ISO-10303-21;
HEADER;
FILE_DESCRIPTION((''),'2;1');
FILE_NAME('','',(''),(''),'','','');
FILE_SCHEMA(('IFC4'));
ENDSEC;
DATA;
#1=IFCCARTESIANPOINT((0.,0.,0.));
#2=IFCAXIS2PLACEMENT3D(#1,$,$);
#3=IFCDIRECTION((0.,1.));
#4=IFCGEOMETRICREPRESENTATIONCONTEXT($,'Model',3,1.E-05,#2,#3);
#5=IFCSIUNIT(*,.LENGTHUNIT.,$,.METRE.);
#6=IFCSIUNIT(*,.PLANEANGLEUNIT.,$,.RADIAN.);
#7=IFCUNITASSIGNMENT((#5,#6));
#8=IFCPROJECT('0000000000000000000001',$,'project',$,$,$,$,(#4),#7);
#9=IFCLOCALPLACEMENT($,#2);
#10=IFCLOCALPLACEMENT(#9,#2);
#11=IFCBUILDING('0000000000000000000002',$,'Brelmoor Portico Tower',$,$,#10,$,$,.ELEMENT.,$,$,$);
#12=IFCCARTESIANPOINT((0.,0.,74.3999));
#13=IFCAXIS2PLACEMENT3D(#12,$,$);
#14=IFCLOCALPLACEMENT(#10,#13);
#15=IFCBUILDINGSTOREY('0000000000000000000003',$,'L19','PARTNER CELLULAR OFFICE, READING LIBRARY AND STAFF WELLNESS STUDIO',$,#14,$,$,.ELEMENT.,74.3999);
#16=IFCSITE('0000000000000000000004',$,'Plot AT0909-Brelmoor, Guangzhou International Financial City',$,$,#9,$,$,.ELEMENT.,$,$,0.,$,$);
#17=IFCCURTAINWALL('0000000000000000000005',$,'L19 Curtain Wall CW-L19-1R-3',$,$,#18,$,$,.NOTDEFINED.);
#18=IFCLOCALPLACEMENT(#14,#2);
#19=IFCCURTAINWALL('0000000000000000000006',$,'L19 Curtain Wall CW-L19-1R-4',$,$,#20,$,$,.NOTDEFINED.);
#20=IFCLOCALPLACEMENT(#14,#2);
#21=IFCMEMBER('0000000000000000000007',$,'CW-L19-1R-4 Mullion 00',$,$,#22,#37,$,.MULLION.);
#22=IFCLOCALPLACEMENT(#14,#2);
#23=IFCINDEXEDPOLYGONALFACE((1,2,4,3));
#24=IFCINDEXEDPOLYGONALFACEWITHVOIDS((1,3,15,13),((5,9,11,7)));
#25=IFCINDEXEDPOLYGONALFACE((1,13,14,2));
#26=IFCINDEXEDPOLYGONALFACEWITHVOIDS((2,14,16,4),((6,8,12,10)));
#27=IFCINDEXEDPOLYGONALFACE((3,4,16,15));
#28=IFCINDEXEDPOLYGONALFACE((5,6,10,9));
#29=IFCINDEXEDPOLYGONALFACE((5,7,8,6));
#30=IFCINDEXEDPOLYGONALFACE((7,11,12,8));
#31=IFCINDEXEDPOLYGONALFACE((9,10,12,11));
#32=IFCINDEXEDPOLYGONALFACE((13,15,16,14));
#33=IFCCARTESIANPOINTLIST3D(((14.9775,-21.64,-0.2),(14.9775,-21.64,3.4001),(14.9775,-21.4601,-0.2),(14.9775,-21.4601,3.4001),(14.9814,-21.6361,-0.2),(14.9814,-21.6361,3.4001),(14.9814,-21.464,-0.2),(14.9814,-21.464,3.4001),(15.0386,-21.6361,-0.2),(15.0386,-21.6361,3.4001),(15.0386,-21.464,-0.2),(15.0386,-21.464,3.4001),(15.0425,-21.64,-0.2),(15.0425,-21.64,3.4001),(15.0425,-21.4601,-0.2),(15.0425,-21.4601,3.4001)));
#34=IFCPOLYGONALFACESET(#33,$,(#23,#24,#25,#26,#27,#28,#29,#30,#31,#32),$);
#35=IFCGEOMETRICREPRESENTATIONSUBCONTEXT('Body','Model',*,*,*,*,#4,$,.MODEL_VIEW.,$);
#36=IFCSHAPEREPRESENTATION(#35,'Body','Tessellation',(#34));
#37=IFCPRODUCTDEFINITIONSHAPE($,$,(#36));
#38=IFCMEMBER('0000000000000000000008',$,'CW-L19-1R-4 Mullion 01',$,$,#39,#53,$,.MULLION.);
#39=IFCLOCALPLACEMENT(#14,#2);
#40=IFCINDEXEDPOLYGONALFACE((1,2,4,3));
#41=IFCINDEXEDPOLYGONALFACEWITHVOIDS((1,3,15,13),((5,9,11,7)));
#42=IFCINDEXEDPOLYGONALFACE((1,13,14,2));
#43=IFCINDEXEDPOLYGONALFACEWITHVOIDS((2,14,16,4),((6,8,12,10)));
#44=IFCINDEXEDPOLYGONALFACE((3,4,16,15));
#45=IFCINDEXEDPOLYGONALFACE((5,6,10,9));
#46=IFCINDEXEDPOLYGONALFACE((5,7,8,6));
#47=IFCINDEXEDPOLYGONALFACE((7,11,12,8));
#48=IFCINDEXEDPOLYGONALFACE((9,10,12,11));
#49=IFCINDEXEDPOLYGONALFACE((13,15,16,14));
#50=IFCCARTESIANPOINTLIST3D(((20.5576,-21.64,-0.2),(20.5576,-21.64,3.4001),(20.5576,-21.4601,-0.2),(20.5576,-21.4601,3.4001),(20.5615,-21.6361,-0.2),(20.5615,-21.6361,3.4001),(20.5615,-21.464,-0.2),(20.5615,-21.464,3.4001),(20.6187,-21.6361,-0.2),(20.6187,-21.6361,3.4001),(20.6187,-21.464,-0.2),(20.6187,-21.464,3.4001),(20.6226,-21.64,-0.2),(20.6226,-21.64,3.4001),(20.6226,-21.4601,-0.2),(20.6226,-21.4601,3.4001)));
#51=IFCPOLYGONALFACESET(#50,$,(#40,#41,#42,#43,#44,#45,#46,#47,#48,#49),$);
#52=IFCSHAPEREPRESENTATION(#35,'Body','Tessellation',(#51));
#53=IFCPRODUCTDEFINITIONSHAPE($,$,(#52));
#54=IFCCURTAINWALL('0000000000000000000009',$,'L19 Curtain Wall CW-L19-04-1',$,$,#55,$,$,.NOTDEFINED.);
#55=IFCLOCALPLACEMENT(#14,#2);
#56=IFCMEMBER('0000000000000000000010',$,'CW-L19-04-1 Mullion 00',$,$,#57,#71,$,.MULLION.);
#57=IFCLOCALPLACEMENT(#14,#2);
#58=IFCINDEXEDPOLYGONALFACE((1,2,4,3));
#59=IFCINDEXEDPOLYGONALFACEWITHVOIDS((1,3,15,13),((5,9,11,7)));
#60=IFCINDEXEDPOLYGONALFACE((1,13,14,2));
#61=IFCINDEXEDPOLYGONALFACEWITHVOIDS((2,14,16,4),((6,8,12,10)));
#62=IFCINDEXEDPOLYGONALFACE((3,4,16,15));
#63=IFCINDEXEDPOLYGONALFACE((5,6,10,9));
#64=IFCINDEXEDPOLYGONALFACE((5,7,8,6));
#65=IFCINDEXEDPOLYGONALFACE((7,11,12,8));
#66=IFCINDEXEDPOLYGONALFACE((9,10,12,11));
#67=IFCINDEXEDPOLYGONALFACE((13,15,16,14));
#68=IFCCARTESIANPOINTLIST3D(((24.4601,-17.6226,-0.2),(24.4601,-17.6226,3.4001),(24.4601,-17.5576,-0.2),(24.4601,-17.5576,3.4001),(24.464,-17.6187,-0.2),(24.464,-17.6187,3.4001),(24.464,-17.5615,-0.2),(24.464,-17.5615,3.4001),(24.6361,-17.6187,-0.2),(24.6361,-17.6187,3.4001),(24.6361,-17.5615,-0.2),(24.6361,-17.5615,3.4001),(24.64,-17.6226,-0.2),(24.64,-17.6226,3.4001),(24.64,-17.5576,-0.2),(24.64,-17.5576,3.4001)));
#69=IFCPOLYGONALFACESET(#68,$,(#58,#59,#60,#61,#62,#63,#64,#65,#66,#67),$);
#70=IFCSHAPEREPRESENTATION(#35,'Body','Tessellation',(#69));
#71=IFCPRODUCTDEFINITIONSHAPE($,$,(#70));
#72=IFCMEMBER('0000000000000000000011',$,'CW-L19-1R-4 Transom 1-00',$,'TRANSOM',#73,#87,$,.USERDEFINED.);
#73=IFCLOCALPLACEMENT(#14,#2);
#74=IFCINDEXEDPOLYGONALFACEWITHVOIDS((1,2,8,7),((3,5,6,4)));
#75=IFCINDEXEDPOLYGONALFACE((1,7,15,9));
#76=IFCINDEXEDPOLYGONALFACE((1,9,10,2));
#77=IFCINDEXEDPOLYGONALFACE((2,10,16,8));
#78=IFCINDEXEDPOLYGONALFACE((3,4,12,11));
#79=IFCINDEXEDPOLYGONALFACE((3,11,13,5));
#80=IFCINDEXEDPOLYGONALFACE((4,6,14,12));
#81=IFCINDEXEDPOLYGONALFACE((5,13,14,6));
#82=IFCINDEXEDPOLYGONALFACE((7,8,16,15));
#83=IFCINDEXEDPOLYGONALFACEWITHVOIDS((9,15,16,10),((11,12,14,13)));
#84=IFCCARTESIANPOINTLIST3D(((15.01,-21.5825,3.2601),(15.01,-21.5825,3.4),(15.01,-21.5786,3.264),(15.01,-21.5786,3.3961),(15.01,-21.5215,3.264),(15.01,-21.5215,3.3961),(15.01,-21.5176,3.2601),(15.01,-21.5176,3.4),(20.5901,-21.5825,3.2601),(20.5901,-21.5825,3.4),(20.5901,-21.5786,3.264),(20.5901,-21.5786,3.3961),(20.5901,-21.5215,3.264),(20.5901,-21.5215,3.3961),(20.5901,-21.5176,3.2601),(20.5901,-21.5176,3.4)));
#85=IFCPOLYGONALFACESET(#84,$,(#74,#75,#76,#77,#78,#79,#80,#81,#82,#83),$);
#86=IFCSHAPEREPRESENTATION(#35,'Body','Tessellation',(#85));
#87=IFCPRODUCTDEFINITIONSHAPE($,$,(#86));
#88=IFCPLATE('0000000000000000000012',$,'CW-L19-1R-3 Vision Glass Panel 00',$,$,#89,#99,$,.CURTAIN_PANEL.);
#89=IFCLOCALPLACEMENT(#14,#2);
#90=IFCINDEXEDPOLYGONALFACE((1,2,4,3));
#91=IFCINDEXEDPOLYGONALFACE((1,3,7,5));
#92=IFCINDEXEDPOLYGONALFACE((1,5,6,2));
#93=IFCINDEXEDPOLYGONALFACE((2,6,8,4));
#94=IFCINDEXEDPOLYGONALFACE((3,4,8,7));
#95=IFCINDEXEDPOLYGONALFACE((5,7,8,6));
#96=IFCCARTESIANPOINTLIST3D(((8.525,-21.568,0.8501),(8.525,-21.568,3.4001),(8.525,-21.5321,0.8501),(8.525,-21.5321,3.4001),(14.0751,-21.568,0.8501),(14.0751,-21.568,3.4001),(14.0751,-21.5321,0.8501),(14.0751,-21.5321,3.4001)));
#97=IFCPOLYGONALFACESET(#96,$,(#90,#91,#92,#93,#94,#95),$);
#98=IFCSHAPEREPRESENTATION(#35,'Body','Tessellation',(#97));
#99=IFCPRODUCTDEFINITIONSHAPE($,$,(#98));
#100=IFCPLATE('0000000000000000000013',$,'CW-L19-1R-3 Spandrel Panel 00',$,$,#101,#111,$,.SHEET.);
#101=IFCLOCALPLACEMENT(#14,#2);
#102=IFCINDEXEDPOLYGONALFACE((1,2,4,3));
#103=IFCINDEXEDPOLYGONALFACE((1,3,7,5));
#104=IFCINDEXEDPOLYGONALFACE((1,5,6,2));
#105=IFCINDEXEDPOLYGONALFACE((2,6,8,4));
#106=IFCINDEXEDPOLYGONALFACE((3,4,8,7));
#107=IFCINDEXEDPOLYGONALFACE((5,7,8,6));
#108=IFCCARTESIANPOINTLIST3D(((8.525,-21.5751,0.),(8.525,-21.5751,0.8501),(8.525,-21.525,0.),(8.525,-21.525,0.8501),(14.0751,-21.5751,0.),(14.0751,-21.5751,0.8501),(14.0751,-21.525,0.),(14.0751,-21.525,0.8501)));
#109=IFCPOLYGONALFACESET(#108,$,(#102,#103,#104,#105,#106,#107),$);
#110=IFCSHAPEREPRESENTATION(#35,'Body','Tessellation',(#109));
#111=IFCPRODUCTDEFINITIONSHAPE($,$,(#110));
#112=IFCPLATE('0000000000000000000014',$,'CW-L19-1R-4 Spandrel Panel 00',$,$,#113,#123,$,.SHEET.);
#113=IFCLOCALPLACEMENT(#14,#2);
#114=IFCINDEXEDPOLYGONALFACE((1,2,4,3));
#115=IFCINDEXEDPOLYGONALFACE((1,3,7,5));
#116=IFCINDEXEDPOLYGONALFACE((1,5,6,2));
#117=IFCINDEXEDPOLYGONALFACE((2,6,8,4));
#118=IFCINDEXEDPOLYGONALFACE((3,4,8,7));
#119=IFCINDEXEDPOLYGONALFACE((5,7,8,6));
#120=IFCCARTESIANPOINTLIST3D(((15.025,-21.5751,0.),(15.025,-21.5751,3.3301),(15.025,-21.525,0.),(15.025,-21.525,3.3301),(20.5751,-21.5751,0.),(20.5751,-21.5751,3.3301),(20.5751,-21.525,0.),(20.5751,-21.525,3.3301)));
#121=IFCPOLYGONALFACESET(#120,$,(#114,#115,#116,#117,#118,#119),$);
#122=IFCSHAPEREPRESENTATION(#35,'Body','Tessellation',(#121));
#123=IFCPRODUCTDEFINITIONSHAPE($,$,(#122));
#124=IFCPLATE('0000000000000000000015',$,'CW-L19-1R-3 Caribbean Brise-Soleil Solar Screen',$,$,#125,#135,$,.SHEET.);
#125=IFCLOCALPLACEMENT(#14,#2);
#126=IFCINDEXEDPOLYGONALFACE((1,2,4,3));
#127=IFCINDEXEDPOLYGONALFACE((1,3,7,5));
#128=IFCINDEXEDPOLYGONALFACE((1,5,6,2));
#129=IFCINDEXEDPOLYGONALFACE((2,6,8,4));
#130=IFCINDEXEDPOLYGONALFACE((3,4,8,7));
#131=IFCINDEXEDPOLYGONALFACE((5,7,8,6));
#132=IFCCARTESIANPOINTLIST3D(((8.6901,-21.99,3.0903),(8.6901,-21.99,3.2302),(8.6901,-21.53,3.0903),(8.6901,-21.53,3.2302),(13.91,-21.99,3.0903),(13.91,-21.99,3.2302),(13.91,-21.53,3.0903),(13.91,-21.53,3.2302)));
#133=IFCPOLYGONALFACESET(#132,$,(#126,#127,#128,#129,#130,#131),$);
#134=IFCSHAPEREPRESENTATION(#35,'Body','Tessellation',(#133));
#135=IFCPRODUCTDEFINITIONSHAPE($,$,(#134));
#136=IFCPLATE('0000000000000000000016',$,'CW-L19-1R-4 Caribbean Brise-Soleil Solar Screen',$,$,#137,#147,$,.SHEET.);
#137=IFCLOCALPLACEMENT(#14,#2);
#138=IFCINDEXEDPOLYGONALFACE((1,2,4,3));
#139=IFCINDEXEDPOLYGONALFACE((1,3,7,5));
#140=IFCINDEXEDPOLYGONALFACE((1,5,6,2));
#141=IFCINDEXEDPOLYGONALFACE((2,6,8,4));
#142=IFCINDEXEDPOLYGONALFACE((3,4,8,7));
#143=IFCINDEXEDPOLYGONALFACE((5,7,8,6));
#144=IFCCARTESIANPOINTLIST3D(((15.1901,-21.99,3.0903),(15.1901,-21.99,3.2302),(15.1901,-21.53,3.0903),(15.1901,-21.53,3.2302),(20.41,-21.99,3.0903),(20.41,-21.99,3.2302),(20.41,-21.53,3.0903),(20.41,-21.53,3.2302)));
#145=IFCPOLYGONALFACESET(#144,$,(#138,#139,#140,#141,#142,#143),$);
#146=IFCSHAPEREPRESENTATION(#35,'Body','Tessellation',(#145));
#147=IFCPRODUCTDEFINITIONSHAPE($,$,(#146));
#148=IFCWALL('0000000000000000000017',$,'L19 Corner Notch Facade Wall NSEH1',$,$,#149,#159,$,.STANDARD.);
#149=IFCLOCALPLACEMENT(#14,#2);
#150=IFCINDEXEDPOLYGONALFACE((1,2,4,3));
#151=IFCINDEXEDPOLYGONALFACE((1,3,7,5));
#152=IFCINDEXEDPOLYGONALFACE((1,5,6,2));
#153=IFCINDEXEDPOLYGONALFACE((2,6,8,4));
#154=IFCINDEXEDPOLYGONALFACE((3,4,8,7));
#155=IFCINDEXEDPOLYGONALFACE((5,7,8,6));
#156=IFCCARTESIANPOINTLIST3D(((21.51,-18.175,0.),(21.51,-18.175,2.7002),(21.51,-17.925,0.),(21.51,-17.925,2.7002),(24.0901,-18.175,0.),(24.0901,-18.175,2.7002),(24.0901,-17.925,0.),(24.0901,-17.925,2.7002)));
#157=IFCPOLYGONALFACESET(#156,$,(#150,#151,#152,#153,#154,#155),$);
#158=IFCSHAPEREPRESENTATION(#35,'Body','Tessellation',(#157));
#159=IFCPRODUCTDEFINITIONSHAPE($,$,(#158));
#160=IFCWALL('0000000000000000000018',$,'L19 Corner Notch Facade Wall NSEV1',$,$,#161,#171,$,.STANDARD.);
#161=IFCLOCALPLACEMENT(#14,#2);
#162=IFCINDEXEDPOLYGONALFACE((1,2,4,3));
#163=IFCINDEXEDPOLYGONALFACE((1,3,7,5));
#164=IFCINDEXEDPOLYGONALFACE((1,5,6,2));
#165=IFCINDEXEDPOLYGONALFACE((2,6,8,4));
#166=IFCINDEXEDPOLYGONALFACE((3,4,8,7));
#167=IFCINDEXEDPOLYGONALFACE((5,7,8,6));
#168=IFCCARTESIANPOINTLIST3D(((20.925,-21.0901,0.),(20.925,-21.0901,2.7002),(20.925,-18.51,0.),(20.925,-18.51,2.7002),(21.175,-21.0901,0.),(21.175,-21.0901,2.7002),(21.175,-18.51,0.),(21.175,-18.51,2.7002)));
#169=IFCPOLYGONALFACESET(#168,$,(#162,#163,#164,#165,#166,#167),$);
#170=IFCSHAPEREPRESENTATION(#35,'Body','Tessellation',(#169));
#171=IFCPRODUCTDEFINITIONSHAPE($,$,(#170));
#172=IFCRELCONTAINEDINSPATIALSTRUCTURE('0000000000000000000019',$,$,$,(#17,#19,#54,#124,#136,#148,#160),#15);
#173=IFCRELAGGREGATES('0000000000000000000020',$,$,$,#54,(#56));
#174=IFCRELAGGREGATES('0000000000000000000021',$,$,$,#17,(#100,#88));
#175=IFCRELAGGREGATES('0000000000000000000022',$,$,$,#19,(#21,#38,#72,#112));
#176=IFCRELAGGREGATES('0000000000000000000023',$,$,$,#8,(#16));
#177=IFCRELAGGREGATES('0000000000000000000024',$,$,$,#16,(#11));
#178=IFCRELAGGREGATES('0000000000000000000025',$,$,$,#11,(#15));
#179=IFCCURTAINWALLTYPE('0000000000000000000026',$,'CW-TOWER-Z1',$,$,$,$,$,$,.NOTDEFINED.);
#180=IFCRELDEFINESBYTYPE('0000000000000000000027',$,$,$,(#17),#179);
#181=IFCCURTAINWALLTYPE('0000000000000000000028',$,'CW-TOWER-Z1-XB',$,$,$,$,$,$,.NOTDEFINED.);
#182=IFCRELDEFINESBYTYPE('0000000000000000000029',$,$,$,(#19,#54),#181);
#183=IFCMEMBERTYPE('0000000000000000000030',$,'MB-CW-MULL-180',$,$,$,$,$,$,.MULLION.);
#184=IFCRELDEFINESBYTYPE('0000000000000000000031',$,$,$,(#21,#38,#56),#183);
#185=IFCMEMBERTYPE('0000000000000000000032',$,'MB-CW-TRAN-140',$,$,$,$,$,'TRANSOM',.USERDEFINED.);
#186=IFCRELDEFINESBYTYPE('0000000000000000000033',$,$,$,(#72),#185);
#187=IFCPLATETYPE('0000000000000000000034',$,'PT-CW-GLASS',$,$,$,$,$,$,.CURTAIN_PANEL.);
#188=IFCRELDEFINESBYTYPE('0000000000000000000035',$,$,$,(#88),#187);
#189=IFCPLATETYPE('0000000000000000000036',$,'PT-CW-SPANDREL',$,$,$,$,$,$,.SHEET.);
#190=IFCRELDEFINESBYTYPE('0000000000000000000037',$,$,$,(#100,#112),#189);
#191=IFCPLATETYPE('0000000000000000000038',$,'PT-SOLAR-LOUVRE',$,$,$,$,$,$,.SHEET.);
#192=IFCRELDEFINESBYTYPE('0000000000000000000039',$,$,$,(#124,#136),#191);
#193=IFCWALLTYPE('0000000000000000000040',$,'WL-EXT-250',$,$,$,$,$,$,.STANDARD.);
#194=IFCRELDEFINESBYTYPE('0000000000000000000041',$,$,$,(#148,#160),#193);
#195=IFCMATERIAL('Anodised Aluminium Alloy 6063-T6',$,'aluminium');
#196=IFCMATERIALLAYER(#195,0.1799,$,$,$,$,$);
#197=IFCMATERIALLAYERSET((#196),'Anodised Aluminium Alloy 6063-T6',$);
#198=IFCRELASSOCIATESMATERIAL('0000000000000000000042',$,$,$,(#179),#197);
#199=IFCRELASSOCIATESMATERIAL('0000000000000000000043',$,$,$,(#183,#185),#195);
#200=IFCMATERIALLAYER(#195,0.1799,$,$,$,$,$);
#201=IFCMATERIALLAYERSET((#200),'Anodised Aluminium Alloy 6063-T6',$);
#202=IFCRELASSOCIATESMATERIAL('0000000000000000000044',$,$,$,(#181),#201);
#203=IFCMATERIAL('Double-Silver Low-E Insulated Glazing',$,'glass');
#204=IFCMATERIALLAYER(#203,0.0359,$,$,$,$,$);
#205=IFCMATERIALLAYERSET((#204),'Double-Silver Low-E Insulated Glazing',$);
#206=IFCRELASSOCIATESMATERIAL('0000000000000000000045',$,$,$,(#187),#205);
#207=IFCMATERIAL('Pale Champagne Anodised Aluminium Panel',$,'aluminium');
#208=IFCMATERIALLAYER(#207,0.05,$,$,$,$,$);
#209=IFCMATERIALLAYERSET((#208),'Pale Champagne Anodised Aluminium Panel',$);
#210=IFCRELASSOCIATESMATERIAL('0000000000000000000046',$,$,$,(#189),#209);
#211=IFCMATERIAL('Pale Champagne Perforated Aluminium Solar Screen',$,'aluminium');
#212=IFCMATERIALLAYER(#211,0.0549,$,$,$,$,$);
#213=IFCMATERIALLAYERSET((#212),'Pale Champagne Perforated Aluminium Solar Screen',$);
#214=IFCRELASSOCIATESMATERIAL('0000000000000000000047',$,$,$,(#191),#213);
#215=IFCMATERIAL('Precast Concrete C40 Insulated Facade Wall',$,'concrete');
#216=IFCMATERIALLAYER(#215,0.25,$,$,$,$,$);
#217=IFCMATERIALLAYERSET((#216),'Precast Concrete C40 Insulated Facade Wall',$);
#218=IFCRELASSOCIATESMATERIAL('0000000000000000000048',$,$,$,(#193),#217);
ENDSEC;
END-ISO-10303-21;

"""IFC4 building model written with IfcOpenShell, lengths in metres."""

from ifc_helpers import new_model, si_unit, direction, frame, frame_2d, origin, origin_2d, place, context, subcontext, project, spatial, rectangle, hollow_rectangle, extrude, material, layer, layer_set, material_profile, profile_set, type_object, element, aggregate, save


model = new_model("IFC4")

# Units and contexts
model_context = context("Model", 3, precision=1e-05, world=origin(), true_north=direction((0.0, 1.0)))
body_context = subcontext(model_context, "Body", "Model", "MODEL_VIEW")
ifc_project = project(units=[si_unit("LENGTHUNIT", "METRE"), si_unit("PLANEANGLEUNIT", "RADIAN")], contexts=[model_context])

# Site, building, storey
site_placement = place(None, origin())
site = spatial("IfcSite", under=ifc_project, at=site_placement, Name="Plot AT0909-Brelmoor, Guangzhou International Financial City", CompositionType="ELEMENT", RefElevation=0.0)
building_placement = place(site_placement, origin())
building = spatial("IfcBuilding", under=site, at=building_placement, Name="Brelmoor Portico Tower", CompositionType="ELEMENT")
storey_placement = place(building_placement, frame((0.0, 0.0, 74.3999)))
storey = spatial("IfcBuildingStorey", under=building, at=storey_placement, Name="L19", Description="PARTNER CELLULAR OFFICE, READING LIBRARY AND STAFF WELLNESS STUDIO", CompositionType="ELEMENT", Elevation=74.3999)

# Curtain wall
ifc_material_1 = material(Name="Anodised Aluminium Alloy 6063-T6", Category="aluminium")
ifc_layer_1 = layer(ifc_material_1, 0.1799)
ifc_layer_set_1 = layer_set([ifc_layer_1], Name="Anodised Aluminium Alloy 6063-T6")
curtain_wall_type_1 = type_object("IfcCurtainWallType", Name="CW-TOWER-Z1", PredefinedType="NOTDEFINED", material=ifc_layer_set_1)
curtain_wall_1_placement = place(storey_placement, origin())
curtain_wall_1 = element("IfcCurtainWall", 1, at=curtain_wall_1_placement, inside=storey, type_object=curtain_wall_type_1, Name="L19 Curtain Wall CW-L19-1R-3", PredefinedType="NOTDEFINED")
ifc_material_profile_1 = material_profile(ifc_material_1, hollow_rectangle(XDim=0.0649, YDim=0.1799, WallThickness=0.0039, at=origin_2d()), Name="ALU MULLION 65x180")
ifc_profile_set_1 = profile_set([ifc_material_profile_1], Name="Anodised Aluminium Alloy 6063-T6")
member_type_1 = type_object("IfcMemberType", Name="MB-CW-MULL-180", PredefinedType="MULLION", material=ifc_profile_set_1)

# Curtain wall, members
ifc_layer_2 = layer(ifc_material_1, 0.1799)
ifc_layer_set_2 = layer_set([ifc_layer_2], Name="Anodised Aluminium Alloy 6063-T6")
curtain_wall_type_2 = type_object("IfcCurtainWallType", Name="CW-TOWER-Z1-XB", PredefinedType="NOTDEFINED", material=ifc_layer_set_2)
curtain_wall_2_placement = place(storey_placement, origin())
curtain_wall_2 = element("IfcCurtainWall", 2, at=curtain_wall_2_placement, inside=storey, type_object=curtain_wall_type_2, Name="L19 Curtain Wall CW-L19-1R-4", PredefinedType="NOTDEFINED")
member_1_placement = place(storey_placement, frame((15.01, -21.55, -0.2), z_axis=(0.0, 0.0, 1.0), x_axis=(1.0, 0.0, 0.0)))
member_1 = element("IfcMember", 3, at=member_1_placement, type_object=member_type_1, Name="CW-L19-1R-4 Mullion 00", PredefinedType="MULLION", context=body_context, shape_type="SweptSolid", body=[
    extrude(hollow_rectangle(XDim=0.0649, YDim=0.1799, WallThickness=0.0039, at=origin_2d()), origin(), (0.0, 0.0, 1.0), 3.6001),
])
member_2_placement = place(storey_placement, frame((20.5901, -21.55, -0.2), z_axis=(0.0, 0.0, 1.0), x_axis=(1.0, 0.0, 0.0)))
member_2 = element("IfcMember", 4, at=member_2_placement, type_object=member_type_1, Name="CW-L19-1R-4 Mullion 01", PredefinedType="MULLION", context=body_context, shape_type="SweptSolid", body=[
    extrude(hollow_rectangle(XDim=0.0649, YDim=0.1799, WallThickness=0.0039, at=origin_2d()), origin(), (0.0, 0.0, 1.0), 3.6001),
])

# Curtain wall, member
curtain_wall_3_placement = place(storey_placement, origin())
curtain_wall_3 = element("IfcCurtainWall", 5, at=curtain_wall_3_placement, inside=storey, type_object=curtain_wall_type_2, Name="L19 Curtain Wall CW-L19-04-1", PredefinedType="NOTDEFINED")
member_3_placement = place(storey_placement, frame((24.55, -17.5901, -0.2), z_axis=(0.0, 0.0, 1.0), x_axis=(0.0, 1.0, 0.0)))
member_3 = element("IfcMember", 6, at=member_3_placement, type_object=member_type_1, Name="CW-L19-04-1 Mullion 00", PredefinedType="MULLION", context=body_context, shape_type="SweptSolid", body=[
    extrude(hollow_rectangle(XDim=0.0649, YDim=0.1799, WallThickness=0.0039, at=origin_2d()), origin(), (0.0, 0.0, 1.0), 3.6001),
])
aggregate(curtain_wall_3, [member_3])

# Member
ifc_material_profile_2 = material_profile(ifc_material_1, hollow_rectangle(XDim=0.0649, YDim=0.1399, WallThickness=0.0039, at=origin_2d()), Name="ALU TRANSOM 65x140")
ifc_profile_set_2 = profile_set([ifc_material_profile_2], Name="Anodised Aluminium Alloy 6063-T6")
member_type_2 = type_object("IfcMemberType", Name="MB-CW-TRAN-140", ElementType="TRANSOM", PredefinedType="USERDEFINED", material=ifc_profile_set_2)
member_4_placement = place(storey_placement, frame((15.01, -21.55, 3.3301), z_axis=(1.0, 0.0, 0.0), x_axis=(0.0, 1.0, 0.0)))
member_4 = element("IfcMember", 7, at=member_4_placement, type_object=member_type_2, Name="CW-L19-1R-4 Transom 1-00", ObjectType="TRANSOM", PredefinedType="USERDEFINED", context=body_context, shape_type="SweptSolid", body=[
    extrude(hollow_rectangle(XDim=0.0649, YDim=0.1399, WallThickness=0.0039, at=origin_2d()), origin(), (0.0, 0.0, 1.0), 5.5801),
])

# Plates
ifc_material_2 = material(Name="Double-Silver Low-E Insulated Glazing", Category="glass")
ifc_layer_3 = layer(ifc_material_2, 0.0359)
ifc_layer_set_3 = layer_set([ifc_layer_3], Name="Double-Silver Low-E Insulated Glazing")
plate_type_1 = type_object("IfcPlateType", Name="PT-CW-GLASS", PredefinedType="CURTAIN_PANEL", material=ifc_layer_set_3)
plate_1_placement = place(storey_placement, frame((11.3, -21.55, 0.8501), z_axis=(0.0, 0.0, 1.0), x_axis=(1.0, 0.0, 0.0)))
plate_1 = element("IfcPlate", 8, at=plate_1_placement, type_object=plate_type_1, Name="CW-L19-1R-3 Vision Glass Panel 00", PredefinedType="CURTAIN_PANEL", context=body_context, shape_type="SweptSolid", body=[
    extrude(rectangle(XDim=5.55, YDim=0.0359, at=origin_2d()), origin(), (0.0, 0.0, 1.0), 2.55),
])
ifc_material_3 = material(Name="Pale Champagne Anodised Aluminium Panel", Category="aluminium")
ifc_layer_4 = layer(ifc_material_3, 0.05)
ifc_layer_set_4 = layer_set([ifc_layer_4], Name="Pale Champagne Anodised Aluminium Panel")
plate_type_2 = type_object("IfcPlateType", Name="PT-CW-SPANDREL", PredefinedType="SHEET", material=ifc_layer_set_4)
plate_2_placement = place(storey_placement, frame((11.3, -21.55, 0.0), z_axis=(0.0, 0.0, 1.0), x_axis=(1.0, 0.0, 0.0)))
plate_2 = element("IfcPlate", 9, at=plate_2_placement, type_object=plate_type_2, Name="CW-L19-1R-3 Spandrel Panel 00", PredefinedType="SHEET", context=body_context, shape_type="SweptSolid", body=[
    extrude(rectangle(XDim=5.55, YDim=0.05, at=origin_2d()), origin(), (0.0, 0.0, 1.0), 0.8501),
])
aggregate(curtain_wall_1, [plate_2, plate_1])
plate_3_placement = place(storey_placement, frame((17.8, -21.55, 0.0), z_axis=(0.0, 0.0, 1.0), x_axis=(1.0, 0.0, 0.0)))
plate_3 = element("IfcPlate", 10, at=plate_3_placement, type_object=plate_type_2, Name="CW-L19-1R-4 Spandrel Panel 00", PredefinedType="SHEET", context=body_context, shape_type="SweptSolid", body=[
    extrude(rectangle(XDim=5.55, YDim=0.05, at=origin_2d()), origin(), (0.0, 0.0, 1.0), 3.3301),
])
aggregate(curtain_wall_2, [member_1, member_2, member_4, plate_3])

# Plates
ifc_material_4 = material(Name="Pale Champagne Perforated Aluminium Solar Screen", Category="aluminium")
ifc_layer_5 = layer(ifc_material_4, 0.0549)
ifc_layer_set_5 = layer_set([ifc_layer_5], Name="Pale Champagne Perforated Aluminium Solar Screen")
plate_type_3 = type_object("IfcPlateType", Name="PT-SOLAR-LOUVRE", PredefinedType="SHEET", material=ifc_layer_set_5)
for number, where, z_axis, x_axis, name in (
    (11, (11.3, -21.76, 3.0903), (0.0, 0.0, 1.0), (1.0, 0.0, 0.0), "CW-L19-1R-3 Caribbean Brise-Soleil Solar Screen"),
    (12, (17.8, -21.76, 3.0903), (0.0, 0.0, 1.0), (1.0, 0.0, 0.0), "CW-L19-1R-4 Caribbean Brise-Soleil Solar Screen"),
):
    element("IfcPlate", number, at=place(storey_placement, frame(where, z_axis=z_axis, x_axis=x_axis)), inside=storey, type_object=plate_type_3, Name=name, PredefinedType="SHEET", context=body_context, shape_type="SweptSolid", body=[
        extrude(rectangle(XDim=5.22, YDim=0.46, at=origin_2d()), origin(), (0.0, 0.0, 1.0), 0.1399),
    ])

# Walls
ifc_material_5 = material(Name="Precast Concrete C40 Insulated Facade Wall", Category="concrete")
ifc_layer_6 = layer(ifc_material_5, 0.25)
ifc_layer_set_6 = layer_set([ifc_layer_6], Name="Precast Concrete C40 Insulated Facade Wall")
wall_type_1 = type_object("IfcWallType", Name="WL-EXT-250", PredefinedType="STANDARD", material=ifc_layer_set_6)
for number, where, z_axis, x_axis, name in (
    (13, (21.51, -18.05, 0.0), (0.0, 0.0, 1.0), (1.0, 0.0, 0.0), "L19 Corner Notch Facade Wall NSEH1"),
    (14, (21.05, -21.0901, 0.0), (0.0, 0.0, 1.0), (0.0, 1.0, 0.0), "L19 Corner Notch Facade Wall NSEV1"),
):
    element("IfcWall", number, at=place(storey_placement, frame(where, z_axis=z_axis, x_axis=x_axis)), inside=storey, type_object=wall_type_1, Name=name, PredefinedType="STANDARD", context=body_context, shape_type="SweptSolid", body=[
        extrude(rectangle(XDim=2.5801, YDim=0.25, at=frame_2d((1.29, 0.0))), origin(), (0.0, 0.0, 1.0), 2.7002),
    ])

save(model, "model.ifc")
